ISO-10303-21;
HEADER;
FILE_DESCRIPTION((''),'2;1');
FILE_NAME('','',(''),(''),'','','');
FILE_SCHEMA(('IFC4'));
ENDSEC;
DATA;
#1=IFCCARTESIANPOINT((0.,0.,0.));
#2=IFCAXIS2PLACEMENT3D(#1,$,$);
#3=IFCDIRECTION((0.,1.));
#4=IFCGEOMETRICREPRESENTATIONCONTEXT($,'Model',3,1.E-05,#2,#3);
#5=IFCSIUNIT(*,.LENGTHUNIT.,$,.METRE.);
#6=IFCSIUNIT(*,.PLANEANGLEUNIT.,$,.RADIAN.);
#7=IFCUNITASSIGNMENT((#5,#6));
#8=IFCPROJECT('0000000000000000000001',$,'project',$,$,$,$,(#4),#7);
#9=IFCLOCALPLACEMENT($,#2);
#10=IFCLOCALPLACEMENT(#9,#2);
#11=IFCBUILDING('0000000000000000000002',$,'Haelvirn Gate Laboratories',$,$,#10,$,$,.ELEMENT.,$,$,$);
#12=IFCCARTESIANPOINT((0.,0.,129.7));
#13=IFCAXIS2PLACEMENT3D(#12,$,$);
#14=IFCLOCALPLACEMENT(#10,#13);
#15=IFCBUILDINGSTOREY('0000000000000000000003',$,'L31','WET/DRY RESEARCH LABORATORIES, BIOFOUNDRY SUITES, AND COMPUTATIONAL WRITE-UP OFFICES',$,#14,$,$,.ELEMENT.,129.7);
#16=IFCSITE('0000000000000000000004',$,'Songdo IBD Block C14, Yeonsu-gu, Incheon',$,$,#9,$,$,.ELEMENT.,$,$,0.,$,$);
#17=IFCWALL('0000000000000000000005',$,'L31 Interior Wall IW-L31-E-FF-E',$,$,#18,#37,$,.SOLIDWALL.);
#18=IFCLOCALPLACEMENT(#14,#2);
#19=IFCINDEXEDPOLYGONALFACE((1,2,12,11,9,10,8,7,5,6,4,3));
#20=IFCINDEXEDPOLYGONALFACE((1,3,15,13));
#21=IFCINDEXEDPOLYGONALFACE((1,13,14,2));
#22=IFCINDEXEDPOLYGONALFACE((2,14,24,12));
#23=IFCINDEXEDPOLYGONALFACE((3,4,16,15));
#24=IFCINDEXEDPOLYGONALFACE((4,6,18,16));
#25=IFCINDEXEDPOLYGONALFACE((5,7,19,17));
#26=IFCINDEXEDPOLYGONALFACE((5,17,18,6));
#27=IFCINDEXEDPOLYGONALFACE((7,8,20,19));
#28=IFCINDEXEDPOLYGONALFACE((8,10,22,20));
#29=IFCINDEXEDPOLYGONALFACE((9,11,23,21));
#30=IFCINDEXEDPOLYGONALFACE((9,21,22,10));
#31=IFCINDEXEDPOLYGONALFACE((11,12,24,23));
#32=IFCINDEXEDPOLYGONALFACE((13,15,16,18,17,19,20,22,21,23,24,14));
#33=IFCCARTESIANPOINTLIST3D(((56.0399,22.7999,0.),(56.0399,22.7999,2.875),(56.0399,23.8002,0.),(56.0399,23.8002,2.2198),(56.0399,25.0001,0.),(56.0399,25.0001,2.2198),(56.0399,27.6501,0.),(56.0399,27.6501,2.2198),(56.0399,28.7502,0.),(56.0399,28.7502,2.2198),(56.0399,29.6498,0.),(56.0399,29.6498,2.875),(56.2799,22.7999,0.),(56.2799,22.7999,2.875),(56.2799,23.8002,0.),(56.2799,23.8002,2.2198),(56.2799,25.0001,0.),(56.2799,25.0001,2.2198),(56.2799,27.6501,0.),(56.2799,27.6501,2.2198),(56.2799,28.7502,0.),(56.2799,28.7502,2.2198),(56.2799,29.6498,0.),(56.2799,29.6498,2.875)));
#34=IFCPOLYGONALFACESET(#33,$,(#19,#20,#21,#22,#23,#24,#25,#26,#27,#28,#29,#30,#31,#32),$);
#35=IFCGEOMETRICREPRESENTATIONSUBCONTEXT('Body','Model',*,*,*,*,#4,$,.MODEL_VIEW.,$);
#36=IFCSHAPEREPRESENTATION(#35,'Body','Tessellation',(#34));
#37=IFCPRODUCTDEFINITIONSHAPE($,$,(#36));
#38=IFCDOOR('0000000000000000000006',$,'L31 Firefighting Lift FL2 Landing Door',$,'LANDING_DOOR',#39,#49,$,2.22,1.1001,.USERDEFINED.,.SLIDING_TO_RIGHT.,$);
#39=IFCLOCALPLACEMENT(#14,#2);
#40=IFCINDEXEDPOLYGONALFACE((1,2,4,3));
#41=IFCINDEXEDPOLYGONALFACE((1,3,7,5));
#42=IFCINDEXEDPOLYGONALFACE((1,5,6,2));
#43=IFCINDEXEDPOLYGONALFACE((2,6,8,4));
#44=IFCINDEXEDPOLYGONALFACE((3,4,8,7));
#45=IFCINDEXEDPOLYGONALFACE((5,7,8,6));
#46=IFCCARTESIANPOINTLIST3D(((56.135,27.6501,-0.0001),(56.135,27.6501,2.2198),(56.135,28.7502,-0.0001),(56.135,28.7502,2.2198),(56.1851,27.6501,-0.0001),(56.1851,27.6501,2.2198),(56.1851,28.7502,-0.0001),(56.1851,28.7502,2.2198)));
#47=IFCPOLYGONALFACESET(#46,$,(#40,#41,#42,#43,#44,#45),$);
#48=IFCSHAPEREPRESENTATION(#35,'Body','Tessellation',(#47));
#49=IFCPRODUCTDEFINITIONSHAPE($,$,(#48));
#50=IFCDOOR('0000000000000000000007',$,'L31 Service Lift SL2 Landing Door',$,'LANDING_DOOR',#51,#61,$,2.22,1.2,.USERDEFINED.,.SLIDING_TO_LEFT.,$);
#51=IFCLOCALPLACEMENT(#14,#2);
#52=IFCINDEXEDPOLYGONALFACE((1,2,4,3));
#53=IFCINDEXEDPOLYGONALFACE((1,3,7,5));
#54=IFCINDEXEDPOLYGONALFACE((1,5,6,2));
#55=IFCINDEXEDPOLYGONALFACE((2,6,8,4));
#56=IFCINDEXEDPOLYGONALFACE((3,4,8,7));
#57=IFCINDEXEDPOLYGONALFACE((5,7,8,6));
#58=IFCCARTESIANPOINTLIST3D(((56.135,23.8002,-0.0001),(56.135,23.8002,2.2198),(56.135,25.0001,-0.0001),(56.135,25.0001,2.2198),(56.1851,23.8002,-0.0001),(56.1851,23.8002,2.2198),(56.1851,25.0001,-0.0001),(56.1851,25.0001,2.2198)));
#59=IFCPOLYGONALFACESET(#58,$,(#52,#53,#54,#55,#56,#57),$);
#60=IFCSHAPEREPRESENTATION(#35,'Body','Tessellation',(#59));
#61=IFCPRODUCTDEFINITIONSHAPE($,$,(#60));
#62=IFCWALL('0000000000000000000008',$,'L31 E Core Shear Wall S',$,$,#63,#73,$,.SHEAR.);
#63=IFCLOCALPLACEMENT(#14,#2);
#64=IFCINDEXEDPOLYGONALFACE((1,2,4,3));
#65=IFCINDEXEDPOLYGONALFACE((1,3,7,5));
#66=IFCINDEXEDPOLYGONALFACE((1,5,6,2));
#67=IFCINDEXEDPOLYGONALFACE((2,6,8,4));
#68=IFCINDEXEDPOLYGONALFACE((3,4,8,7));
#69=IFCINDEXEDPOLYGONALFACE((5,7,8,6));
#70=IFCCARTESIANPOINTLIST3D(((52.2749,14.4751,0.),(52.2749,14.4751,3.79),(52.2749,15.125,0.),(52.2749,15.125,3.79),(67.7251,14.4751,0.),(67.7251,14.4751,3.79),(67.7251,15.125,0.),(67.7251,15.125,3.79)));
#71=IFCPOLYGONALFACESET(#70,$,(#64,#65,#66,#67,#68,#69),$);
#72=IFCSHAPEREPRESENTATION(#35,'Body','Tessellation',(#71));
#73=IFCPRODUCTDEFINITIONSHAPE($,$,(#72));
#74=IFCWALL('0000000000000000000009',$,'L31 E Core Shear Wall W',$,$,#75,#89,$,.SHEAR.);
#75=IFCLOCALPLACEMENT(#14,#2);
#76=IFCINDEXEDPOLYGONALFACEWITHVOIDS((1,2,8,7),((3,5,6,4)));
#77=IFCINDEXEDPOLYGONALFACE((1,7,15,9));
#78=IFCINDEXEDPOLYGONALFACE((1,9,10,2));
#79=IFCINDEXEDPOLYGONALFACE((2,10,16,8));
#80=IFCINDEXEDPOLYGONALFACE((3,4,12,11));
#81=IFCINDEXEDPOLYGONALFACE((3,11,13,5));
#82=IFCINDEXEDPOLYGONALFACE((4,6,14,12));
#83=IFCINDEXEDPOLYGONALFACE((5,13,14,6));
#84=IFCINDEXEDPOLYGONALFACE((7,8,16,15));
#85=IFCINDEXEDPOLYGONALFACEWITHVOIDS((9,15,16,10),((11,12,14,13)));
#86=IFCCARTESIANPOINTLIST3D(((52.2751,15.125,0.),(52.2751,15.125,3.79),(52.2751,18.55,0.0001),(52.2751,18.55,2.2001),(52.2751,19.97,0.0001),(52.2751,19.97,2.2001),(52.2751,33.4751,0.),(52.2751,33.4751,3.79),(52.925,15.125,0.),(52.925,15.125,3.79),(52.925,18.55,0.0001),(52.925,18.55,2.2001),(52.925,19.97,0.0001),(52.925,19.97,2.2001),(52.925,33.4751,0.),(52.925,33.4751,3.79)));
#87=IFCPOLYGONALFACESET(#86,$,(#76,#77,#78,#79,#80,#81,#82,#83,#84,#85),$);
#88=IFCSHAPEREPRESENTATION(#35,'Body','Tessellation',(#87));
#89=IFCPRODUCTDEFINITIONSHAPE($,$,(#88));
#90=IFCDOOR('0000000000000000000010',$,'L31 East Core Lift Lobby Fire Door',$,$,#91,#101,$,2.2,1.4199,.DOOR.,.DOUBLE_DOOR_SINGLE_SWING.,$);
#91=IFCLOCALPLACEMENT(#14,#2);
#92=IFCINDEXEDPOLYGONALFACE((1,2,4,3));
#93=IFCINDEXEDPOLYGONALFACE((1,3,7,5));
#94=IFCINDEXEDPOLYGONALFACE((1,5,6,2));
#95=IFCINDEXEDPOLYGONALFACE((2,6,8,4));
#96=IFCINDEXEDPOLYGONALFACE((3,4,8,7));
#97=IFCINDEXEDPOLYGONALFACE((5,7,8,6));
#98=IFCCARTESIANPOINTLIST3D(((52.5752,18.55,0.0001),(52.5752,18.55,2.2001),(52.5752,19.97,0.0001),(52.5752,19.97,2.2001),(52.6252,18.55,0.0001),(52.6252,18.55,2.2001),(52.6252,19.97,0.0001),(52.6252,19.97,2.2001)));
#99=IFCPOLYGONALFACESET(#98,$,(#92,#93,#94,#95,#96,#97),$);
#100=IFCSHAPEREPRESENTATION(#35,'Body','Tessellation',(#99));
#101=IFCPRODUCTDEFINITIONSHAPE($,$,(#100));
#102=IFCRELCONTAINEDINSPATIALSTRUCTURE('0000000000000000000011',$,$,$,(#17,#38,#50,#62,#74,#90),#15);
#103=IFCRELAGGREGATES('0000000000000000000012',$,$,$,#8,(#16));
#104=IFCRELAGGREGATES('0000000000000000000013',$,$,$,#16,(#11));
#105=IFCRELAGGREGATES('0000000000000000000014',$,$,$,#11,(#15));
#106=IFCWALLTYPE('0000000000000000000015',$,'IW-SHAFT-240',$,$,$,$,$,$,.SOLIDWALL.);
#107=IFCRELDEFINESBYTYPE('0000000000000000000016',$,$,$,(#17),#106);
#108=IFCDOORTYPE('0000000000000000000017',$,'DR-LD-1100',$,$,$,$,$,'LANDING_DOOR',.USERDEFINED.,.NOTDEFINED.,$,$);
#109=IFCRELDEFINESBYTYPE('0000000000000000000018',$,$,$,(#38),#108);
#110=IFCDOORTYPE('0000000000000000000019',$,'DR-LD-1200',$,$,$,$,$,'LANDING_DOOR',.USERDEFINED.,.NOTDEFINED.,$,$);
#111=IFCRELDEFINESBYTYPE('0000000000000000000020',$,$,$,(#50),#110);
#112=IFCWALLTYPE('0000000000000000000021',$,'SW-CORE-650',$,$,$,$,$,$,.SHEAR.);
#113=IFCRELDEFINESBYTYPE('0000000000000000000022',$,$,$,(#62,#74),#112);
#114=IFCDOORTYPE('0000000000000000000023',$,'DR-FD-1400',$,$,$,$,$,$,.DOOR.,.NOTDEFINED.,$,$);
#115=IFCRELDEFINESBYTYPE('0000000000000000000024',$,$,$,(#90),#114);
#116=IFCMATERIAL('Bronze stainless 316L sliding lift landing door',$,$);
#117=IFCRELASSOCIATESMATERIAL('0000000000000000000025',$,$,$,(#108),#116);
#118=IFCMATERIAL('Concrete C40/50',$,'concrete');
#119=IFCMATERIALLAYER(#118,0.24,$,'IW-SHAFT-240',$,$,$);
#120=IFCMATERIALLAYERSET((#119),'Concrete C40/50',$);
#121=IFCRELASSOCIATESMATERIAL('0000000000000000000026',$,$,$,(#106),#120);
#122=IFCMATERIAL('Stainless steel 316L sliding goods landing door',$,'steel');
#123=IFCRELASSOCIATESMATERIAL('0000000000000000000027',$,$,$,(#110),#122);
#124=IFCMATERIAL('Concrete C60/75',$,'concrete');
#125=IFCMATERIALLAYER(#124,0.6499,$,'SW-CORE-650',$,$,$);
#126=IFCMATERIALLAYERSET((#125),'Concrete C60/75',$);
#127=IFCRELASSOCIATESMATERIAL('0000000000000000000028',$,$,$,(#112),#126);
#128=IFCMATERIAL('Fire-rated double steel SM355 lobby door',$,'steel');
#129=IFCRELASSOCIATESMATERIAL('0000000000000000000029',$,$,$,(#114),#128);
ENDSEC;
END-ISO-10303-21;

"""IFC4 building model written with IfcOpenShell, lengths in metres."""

from ifc_helpers import new_model, si_unit, direction, frame, frame_2d, origin, place, context, subcontext, project, spatial, rectangle, extrude, source, transform, mapped, material, layer, layer_set, type_object, type_shapes, element, fill, save


model = new_model("IFC4")

# Units and contexts
model_context = context("Model", 3, precision=1e-05, world=origin(), true_north=direction((0.0, 1.0)))
body_context = subcontext(model_context, "Body", "Model", "MODEL_VIEW")
ifc_project = project(units=[si_unit("LENGTHUNIT", "METRE"), si_unit("PLANEANGLEUNIT", "RADIAN")], contexts=[model_context])

# Site, building, storey
site_placement = place(None, origin())
site = spatial("IfcSite", under=ifc_project, at=site_placement, Name="Songdo IBD Block C14, Yeonsu-gu, Incheon", CompositionType="ELEMENT", RefElevation=0.0)
building_placement = place(site_placement, origin())
building = spatial("IfcBuilding", under=site, at=building_placement, Name="Haelvirn Gate Laboratories", CompositionType="ELEMENT")
storey_placement = place(building_placement, frame((0.0, 0.0, 129.7)))
storey = spatial("IfcBuildingStorey", under=building, at=storey_placement, Name="L31", Description="WET/DRY RESEARCH LABORATORIES, BIOFOUNDRY SUITES, AND COMPUTATIONAL WRITE-UP OFFICES", CompositionType="ELEMENT", Elevation=129.7)

# Shared definitions
ifc_material_1 = material(Name="Concrete C60/75", Category="concrete")

# Shared definitions
ifc_material_2 = material(Name="Concrete C40/50", Category="concrete")

# Shared definitions
ifc_material_3 = material(Name="Bronze stainless 316L sliding lift landing door")
door_type_1 = type_object("IfcDoorType", Name="DR-LD-1100", ElementType="LANDING_DOOR", OperationType="NOTDEFINED", PredefinedType="USERDEFINED", material=ifc_material_3)
shared_shape_1 = source(origin(), body_context, "Body", "SweptSolid", [
    extrude(rectangle(XDim=1.1001, YDim=2.22, at=frame_2d((0.55, 1.1099))), frame((0.0, 0.0249, 0.0), z_axis=(0.0, -1.0, 0.0), x_axis=(1.0, 0.0, 0.0)), (0.0, 0.0, 1.0), 0.05),
])
type_shapes(door_type_1, [shared_shape_1])

# Wall, openings, doors
ifc_layer_1 = layer(ifc_material_2, 0.24, Name="IW-SHAFT-240")
ifc_layer_set_1 = layer_set([ifc_layer_1], Name="Concrete C40/50")
wall_type_1 = type_object("IfcWallType", Name="IW-SHAFT-240", PredefinedType="SOLIDWALL", material=ifc_layer_set_1)
wall_1_placement = place(storey_placement, frame((56.1599, 22.8, 0.0), z_axis=(0.0, 0.0, 1.0), x_axis=(0.0, 1.0, 0.0)))
wall_1 = element("IfcWall", 1, at=wall_1_placement, inside=storey, type_object=wall_type_1, Name="L31 Interior Wall IW-L31-E-FF-E", PredefinedType="SOLIDWALL", context=body_context, shape_type="SweptSolid", body=[
    extrude(rectangle(XDim=6.8499, YDim=0.24, at=frame_2d((3.4248, 0.0))), origin(), (0.0, 0.0, 1.0), 2.875),
])
opening_1_placement = place(wall_1_placement, frame((4.8501, 0.0, 0.0)))
opening_1 = element("IfcOpeningElement", 2, at=opening_1_placement, cuts=wall_1, PredefinedType="OPENING", context=body_context, shape_type="SweptSolid", body=[
    extrude(rectangle(XDim=1.1001, YDim=2.22, at=frame_2d((0.55, 1.1099))), frame((0.0, 0.1299, 0.0), z_axis=(0.0, -1.0, 0.0), x_axis=(1.0, 0.0, 0.0)), (0.0, 0.0, 1.0), 0.26),
])
opening_2_placement = place(wall_1_placement, frame((1.0, 0.0, 0.0)))
opening_2 = element("IfcOpeningElement", 3, at=opening_2_placement, cuts=wall_1, PredefinedType="OPENING", context=body_context, shape_type="SweptSolid", body=[
    extrude(rectangle(XDim=1.2, YDim=2.22, at=frame_2d((0.6001, 1.1099))), frame((0.0, 0.1299, 0.0), z_axis=(0.0, -1.0, 0.0), x_axis=(1.0, 0.0, 0.0)), (0.0, 0.0, 1.0), 0.26),
])
door_1_placement = place(opening_1_placement, origin())
door_1 = element("IfcDoor", 4, at=door_1_placement, inside=storey, type_object=door_type_1, Name="L31 Firefighting Lift FL2 Landing Door", ObjectType="LANDING_DOOR", OperationType="SLIDING_TO_RIGHT", OverallHeight=2.22, OverallWidth=1.1001, PredefinedType="USERDEFINED", context=body_context, shape_type="MappedRepresentation", body=[
    mapped(shared_shape_1, transform((0.0, 0.0, 0.0), scale=1.0)),
])
fill(opening_1, door_1)
ifc_material_4 = material(Name="Stainless steel 316L sliding goods landing door", Category="steel")
door_type_2 = type_object("IfcDoorType", Name="DR-LD-1200", ElementType="LANDING_DOOR", OperationType="NOTDEFINED", PredefinedType="USERDEFINED", material=ifc_material_4)
shared_shape_2 = source(origin(), body_context, "Body", "SweptSolid", [
    extrude(rectangle(XDim=1.2, YDim=2.22, at=frame_2d((0.6001, 1.1099))), frame((0.0, 0.0249, 0.0), z_axis=(0.0, -1.0, 0.0), x_axis=(1.0, 0.0, 0.0)), (0.0, 0.0, 1.0), 0.05),
])
type_shapes(door_type_2, [shared_shape_2])
door_2_placement = place(opening_2_placement, origin())
door_2 = element("IfcDoor", 5, at=door_2_placement, inside=storey, type_object=door_type_2, Name="L31 Service Lift SL2 Landing Door", ObjectType="LANDING_DOOR", OperationType="SLIDING_TO_LEFT", OverallHeight=2.22, OverallWidth=1.2, PredefinedType="USERDEFINED", context=body_context, shape_type="MappedRepresentation", body=[
    mapped(shared_shape_2, transform((0.0, 0.0, 0.0), scale=1.0)),
])
fill(opening_2, door_2)

# Wall
ifc_layer_2 = layer(ifc_material_1, 0.6499, Name="SW-CORE-650")
ifc_layer_set_2 = layer_set([ifc_layer_2], Name="Concrete C60/75")
wall_type_2 = type_object("IfcWallType", Name="SW-CORE-650", PredefinedType="SHEAR", material=ifc_layer_set_2)
wall_2_placement = place(storey_placement, frame((52.2749, 14.8, 0.0), z_axis=(0.0, 0.0, 1.0), x_axis=(1.0, 0.0, 0.0)))
element("IfcWall", 6, at=wall_2_placement, inside=storey, type_object=wall_type_2, Name="L31 E Core Shear Wall S", PredefinedType="SHEAR", context=body_context, shape_type="SweptSolid", body=[
    extrude(rectangle(XDim=15.4502, YDim=0.6499, at=frame_2d((7.7251, 0.0))), origin(), (0.0, 0.0, 1.0), 3.79),
])

# Wall, opening, door
wall_3_placement = place(storey_placement, frame((52.6001, 15.125, 0.0), z_axis=(0.0, 0.0, 1.0), x_axis=(0.0, 1.0, 0.0)))
wall_3 = element("IfcWall", 7, at=wall_3_placement, inside=storey, type_object=wall_type_2, Name="L31 E Core Shear Wall W", PredefinedType="SHEAR", context=body_context, shape_type="SweptSolid", body=[
    extrude(rectangle(XDim=18.3501, YDim=0.6499, at=frame_2d((9.175, 0.0))), origin(), (0.0, 0.0, 1.0), 3.79),
])
opening_3_placement = place(wall_3_placement, frame((3.425, 0.0, 0.0)))
opening_3 = element("IfcOpeningElement", 8, at=opening_3_placement, cuts=wall_3, PredefinedType="OPENING", context=body_context, shape_type="SweptSolid", body=[
    extrude(rectangle(XDim=1.4199, YDim=2.2, at=frame_2d((0.71, 1.1001))), frame((0.0, 0.335, 0.0), z_axis=(0.0, -1.0, 0.0), x_axis=(1.0, 0.0, 0.0)), (0.0, 0.0, 1.0), 0.6699),
])
ifc_material_5 = material(Name="Fire-rated double steel SM355 lobby door", Category="steel")
door_type_3 = type_object("IfcDoorType", Name="DR-FD-1400", OperationType="NOTDEFINED", PredefinedType="DOOR", material=ifc_material_5)
shared_shape_3 = source(origin(), body_context, "Body", "SweptSolid", [
    extrude(rectangle(XDim=1.4199, YDim=2.2, at=frame_2d((0.71, 1.1001))), frame((0.0, 0.0249, 0.0), z_axis=(0.0, -1.0, 0.0), x_axis=(1.0, 0.0, 0.0)), (0.0, 0.0, 1.0), 0.05),
])
type_shapes(door_type_3, [shared_shape_3])
door_3_placement = place(opening_3_placement, origin())
door_3 = element("IfcDoor", 9, at=door_3_placement, inside=storey, type_object=door_type_3, Name="L31 East Core Lift Lobby Fire Door", OperationType="DOUBLE_DOOR_SINGLE_SWING", OverallHeight=2.2, OverallWidth=1.4199, PredefinedType="DOOR", context=body_context, shape_type="MappedRepresentation", body=[
    mapped(shared_shape_3, transform((0.0, 0.0, 0.0), scale=1.0)),
])
fill(opening_3, door_3)

save(model, "model.ifc")
